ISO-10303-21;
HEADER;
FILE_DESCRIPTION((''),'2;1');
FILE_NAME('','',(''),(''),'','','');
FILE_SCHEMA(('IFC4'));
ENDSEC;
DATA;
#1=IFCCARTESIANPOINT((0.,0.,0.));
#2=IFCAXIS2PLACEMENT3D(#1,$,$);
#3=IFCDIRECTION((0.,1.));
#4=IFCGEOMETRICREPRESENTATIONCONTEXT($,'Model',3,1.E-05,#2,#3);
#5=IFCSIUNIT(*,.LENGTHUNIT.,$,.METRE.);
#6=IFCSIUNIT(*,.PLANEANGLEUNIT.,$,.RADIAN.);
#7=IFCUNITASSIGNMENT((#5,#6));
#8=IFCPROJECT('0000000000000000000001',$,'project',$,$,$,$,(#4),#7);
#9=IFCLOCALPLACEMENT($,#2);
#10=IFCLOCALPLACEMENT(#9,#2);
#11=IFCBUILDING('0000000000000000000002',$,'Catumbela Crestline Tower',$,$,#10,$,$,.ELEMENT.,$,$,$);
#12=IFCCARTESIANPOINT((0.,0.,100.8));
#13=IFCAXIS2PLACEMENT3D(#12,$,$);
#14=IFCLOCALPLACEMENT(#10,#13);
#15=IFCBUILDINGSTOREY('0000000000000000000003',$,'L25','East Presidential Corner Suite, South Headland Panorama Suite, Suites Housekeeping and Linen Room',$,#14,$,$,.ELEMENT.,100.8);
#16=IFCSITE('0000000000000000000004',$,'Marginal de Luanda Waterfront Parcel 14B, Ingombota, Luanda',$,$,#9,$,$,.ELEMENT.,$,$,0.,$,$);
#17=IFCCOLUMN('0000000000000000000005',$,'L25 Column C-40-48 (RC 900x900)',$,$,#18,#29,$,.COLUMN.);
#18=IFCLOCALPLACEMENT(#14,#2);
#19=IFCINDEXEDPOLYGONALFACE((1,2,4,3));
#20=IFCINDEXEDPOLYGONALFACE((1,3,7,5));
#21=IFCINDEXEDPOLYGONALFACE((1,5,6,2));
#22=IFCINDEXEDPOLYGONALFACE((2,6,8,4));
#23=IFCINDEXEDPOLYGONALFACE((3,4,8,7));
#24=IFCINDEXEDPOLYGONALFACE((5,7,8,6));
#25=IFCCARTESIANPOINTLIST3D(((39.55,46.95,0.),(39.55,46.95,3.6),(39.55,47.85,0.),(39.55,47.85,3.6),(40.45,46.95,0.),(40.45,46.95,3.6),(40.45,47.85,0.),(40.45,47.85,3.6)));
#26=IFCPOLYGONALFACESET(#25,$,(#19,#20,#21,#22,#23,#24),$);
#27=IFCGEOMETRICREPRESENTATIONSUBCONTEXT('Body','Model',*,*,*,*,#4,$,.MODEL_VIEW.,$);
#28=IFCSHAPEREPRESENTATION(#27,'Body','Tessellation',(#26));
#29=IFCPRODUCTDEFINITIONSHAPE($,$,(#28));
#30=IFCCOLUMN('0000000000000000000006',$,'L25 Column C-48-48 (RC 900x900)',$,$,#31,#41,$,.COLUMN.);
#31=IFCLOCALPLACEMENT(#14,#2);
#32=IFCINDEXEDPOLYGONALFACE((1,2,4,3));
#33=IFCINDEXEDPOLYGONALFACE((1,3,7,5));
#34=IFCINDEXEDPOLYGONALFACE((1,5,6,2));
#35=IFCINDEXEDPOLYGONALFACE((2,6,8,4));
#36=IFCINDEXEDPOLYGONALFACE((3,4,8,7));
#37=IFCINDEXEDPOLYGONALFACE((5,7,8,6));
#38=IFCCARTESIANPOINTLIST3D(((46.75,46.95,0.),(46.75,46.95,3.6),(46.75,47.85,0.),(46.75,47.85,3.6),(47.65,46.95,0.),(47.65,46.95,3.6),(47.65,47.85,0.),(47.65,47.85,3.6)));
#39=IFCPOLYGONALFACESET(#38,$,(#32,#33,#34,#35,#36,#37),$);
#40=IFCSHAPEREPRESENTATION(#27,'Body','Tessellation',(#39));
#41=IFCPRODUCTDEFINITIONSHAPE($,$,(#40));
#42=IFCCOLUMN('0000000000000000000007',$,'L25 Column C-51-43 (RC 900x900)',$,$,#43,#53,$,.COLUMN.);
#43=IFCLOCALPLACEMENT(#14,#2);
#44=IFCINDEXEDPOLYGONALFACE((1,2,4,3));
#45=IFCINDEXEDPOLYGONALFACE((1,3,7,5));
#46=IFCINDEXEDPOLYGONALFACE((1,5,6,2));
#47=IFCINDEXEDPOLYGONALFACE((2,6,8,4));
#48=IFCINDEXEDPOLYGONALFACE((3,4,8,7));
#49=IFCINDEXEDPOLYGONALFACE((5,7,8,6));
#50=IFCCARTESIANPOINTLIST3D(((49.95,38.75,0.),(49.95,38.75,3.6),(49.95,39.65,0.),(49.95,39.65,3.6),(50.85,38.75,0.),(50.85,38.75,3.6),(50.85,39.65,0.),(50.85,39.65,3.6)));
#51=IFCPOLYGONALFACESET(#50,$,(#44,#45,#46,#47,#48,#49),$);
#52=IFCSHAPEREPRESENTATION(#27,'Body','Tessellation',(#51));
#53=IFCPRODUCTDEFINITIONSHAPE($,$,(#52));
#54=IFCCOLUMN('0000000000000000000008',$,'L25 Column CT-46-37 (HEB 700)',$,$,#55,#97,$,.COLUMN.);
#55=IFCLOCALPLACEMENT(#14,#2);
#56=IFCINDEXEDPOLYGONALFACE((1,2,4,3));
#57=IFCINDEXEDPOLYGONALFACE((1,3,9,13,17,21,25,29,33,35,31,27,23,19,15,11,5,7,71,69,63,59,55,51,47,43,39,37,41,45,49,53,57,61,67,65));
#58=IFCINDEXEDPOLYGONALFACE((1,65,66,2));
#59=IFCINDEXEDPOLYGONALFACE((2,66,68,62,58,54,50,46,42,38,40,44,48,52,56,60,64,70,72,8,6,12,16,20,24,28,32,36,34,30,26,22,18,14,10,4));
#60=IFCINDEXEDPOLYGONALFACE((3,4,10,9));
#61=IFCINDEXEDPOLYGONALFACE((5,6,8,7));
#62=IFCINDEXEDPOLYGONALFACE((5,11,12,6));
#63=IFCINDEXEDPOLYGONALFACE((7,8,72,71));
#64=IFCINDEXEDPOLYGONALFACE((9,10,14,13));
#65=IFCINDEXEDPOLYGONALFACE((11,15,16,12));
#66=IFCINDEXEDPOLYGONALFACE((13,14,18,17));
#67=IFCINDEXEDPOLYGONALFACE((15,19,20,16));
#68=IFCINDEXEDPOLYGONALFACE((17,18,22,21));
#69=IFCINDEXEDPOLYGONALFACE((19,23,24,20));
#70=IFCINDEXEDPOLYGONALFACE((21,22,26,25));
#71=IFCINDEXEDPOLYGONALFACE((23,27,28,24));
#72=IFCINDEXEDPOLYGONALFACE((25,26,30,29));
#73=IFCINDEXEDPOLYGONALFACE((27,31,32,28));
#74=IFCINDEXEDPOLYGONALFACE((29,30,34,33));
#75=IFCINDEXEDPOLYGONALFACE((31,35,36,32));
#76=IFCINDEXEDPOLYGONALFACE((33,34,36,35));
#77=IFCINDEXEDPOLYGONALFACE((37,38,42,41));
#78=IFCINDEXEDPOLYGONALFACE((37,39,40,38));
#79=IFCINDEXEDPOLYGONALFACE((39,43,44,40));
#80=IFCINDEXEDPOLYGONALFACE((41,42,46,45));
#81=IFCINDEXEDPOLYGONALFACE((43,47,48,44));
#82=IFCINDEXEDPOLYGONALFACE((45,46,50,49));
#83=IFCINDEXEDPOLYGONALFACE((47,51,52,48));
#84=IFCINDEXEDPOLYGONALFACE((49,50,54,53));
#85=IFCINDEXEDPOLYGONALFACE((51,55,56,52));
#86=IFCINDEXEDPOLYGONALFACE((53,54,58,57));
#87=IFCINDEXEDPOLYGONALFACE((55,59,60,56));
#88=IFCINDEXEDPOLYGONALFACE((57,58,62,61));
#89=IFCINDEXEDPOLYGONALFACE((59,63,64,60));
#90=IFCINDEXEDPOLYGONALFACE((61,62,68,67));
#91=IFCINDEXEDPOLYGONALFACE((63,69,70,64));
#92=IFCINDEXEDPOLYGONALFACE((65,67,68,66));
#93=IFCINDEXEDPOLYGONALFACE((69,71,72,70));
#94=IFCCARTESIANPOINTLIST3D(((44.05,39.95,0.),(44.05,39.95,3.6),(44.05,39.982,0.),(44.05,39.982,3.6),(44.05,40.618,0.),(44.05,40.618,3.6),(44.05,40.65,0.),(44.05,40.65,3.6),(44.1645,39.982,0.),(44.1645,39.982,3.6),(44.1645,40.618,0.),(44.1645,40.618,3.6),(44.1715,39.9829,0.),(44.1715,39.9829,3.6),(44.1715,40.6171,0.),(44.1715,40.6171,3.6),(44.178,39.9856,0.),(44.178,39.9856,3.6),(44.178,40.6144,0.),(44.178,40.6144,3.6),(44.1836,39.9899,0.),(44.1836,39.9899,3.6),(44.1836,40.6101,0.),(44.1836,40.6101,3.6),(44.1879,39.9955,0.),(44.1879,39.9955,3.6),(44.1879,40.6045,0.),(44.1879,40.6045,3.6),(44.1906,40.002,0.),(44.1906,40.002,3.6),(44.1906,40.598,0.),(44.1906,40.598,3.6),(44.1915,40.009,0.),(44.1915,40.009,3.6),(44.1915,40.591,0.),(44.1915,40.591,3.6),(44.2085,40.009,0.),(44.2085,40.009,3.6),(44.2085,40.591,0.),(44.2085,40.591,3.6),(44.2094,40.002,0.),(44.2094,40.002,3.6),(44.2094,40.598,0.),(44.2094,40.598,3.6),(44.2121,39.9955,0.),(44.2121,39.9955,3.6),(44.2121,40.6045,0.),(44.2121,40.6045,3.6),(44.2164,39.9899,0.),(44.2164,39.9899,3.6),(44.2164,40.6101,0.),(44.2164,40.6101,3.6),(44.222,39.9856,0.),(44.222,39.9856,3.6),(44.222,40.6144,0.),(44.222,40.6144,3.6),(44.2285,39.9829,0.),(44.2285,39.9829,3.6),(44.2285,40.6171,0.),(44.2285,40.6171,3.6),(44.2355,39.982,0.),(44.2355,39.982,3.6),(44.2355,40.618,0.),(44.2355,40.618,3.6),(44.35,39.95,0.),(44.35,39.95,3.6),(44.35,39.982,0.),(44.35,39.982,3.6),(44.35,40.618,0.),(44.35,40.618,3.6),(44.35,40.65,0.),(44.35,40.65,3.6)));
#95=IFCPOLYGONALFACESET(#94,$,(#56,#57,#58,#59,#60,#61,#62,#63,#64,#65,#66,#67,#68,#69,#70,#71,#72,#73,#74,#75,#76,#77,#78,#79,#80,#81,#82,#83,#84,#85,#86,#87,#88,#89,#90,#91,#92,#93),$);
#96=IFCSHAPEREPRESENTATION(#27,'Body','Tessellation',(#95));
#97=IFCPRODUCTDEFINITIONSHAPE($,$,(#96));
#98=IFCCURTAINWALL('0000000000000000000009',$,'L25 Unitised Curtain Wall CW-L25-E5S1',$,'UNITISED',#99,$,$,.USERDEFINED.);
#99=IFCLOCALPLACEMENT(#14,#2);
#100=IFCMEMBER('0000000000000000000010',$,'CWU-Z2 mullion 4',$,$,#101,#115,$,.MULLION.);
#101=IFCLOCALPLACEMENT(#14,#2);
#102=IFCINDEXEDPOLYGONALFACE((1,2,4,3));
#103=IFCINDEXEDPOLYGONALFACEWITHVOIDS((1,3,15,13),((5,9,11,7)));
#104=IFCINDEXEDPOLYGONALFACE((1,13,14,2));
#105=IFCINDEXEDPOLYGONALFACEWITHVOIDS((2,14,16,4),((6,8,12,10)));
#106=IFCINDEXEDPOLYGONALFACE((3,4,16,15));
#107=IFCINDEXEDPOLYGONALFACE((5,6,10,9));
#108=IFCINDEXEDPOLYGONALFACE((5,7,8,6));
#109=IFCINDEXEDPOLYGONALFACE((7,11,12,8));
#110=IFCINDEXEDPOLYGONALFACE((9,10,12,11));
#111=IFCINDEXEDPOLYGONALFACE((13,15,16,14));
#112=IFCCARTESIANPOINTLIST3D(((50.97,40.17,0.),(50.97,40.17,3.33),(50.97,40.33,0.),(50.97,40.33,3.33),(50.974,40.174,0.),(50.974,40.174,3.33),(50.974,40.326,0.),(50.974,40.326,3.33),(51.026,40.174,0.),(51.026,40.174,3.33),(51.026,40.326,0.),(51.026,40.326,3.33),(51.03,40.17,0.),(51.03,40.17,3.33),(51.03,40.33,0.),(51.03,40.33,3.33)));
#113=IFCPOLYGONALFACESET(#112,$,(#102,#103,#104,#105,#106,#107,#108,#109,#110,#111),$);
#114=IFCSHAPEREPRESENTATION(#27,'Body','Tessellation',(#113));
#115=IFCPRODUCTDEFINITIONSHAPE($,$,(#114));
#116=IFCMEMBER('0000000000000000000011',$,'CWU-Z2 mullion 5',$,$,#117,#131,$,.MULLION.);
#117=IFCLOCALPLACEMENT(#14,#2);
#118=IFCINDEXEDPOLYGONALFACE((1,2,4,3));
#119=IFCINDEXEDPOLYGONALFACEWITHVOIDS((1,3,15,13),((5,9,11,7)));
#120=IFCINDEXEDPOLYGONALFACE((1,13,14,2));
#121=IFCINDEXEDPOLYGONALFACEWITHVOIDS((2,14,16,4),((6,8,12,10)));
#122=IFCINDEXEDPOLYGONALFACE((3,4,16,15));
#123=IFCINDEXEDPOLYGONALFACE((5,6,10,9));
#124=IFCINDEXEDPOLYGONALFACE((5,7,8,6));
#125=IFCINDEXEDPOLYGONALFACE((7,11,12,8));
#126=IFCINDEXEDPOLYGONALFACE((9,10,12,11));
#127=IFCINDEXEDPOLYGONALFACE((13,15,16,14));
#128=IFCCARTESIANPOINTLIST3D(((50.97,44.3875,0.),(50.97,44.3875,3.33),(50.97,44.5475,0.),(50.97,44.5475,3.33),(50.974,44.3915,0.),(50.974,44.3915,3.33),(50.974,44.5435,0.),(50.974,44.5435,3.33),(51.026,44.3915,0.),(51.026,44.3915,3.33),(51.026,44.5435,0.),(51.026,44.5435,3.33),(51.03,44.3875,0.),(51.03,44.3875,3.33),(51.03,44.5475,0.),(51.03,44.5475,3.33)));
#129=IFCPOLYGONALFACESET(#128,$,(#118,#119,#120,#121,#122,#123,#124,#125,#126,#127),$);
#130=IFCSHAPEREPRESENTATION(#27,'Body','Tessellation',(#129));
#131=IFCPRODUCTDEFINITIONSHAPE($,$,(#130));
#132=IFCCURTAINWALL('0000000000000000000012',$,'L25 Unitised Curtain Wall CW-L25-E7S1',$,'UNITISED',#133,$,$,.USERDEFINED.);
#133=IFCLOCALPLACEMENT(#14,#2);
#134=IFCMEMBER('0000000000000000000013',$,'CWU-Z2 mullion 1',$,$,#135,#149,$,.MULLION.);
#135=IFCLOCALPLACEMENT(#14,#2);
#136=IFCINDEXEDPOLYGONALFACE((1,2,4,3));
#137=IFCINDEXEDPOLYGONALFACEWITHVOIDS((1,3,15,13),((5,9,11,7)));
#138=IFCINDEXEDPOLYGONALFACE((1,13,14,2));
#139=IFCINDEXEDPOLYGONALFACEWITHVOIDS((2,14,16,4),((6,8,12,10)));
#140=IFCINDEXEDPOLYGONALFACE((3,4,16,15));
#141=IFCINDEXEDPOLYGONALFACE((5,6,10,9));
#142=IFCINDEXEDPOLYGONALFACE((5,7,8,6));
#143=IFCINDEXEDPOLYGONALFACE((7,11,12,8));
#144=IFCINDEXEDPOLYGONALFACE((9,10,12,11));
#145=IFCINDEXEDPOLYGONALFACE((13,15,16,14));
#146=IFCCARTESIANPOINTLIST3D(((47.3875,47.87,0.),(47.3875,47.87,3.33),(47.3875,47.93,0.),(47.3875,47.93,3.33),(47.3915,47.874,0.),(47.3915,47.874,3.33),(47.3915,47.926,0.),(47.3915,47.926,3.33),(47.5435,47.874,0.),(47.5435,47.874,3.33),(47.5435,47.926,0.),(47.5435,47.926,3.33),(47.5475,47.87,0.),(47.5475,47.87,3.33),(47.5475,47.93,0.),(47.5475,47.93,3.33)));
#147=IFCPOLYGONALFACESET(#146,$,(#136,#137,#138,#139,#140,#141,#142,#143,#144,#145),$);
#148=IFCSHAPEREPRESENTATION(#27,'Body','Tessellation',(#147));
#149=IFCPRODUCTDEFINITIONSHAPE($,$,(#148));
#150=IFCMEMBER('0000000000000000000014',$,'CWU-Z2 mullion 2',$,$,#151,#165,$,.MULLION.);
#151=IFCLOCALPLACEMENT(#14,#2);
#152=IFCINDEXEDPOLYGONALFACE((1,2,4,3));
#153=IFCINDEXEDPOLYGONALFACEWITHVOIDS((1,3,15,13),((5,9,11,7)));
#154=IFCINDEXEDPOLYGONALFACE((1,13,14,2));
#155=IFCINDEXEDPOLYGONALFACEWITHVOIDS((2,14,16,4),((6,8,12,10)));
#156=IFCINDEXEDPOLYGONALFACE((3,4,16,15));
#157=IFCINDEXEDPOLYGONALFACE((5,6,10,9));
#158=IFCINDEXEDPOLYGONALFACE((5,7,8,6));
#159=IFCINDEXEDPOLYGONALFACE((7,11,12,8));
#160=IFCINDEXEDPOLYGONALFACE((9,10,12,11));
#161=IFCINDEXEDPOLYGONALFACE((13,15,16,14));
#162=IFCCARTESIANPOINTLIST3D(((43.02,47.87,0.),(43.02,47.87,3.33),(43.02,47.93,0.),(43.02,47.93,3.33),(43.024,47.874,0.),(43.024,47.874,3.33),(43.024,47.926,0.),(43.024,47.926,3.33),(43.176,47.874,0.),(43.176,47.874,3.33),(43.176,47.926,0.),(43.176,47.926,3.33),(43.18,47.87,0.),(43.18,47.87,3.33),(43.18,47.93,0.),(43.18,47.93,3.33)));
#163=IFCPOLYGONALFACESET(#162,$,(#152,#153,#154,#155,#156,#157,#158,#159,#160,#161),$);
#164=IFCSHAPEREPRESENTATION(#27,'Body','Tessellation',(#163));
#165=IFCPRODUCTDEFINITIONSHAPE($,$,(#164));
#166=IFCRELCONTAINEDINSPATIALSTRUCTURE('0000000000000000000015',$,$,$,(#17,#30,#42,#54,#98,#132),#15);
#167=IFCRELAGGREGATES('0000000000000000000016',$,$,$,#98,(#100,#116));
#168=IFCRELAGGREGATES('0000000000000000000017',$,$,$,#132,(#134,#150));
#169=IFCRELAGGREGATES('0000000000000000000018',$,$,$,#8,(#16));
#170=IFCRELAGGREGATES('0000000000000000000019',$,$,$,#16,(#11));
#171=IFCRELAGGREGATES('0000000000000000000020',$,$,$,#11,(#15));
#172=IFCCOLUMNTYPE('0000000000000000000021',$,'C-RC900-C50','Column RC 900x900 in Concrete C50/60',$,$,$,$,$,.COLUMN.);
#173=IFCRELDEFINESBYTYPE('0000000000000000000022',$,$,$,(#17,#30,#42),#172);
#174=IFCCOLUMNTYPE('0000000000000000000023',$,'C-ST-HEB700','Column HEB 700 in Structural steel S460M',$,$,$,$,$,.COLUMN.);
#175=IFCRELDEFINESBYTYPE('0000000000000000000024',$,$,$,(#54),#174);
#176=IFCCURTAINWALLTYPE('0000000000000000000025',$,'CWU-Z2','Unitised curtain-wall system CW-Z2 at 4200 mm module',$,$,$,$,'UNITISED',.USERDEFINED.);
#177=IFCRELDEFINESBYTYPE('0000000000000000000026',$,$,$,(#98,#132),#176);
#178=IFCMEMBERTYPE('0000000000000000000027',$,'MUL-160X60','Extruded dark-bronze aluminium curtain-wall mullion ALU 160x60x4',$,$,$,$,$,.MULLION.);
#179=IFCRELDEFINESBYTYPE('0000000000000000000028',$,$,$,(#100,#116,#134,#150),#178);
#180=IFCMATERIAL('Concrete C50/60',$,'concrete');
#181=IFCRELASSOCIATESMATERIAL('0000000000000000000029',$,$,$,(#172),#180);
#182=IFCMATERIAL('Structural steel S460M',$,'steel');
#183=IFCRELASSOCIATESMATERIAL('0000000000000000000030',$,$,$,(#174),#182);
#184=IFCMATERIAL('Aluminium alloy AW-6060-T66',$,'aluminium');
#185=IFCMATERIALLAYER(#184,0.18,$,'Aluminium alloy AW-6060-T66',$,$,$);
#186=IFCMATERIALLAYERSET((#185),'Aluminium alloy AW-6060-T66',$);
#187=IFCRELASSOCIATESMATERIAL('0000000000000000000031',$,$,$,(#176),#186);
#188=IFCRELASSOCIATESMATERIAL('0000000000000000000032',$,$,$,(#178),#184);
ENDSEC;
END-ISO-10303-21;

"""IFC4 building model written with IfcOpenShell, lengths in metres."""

from ifc_helpers import new_model, si_unit, direction, frame, origin, origin_2d, place, context, subcontext, project, spatial, rectangle, hollow_rectangle, i_section, extrude, material, layer, layer_set, material_profile, profile_set, type_object, element, aggregate, save


model = new_model("IFC4")

# Units and contexts
model_context = context("Model", 3, precision=1e-05, world=origin(), true_north=direction((0.0, 1.0)))
body_context = subcontext(model_context, "Body", "Model", "MODEL_VIEW")
ifc_project = project(units=[si_unit("LENGTHUNIT", "METRE"), si_unit("PLANEANGLEUNIT", "RADIAN")], contexts=[model_context])

# Site, building, storey
site_placement = place(None, origin())
site = spatial("IfcSite", under=ifc_project, at=site_placement, Name="Marginal de Luanda Waterfront Parcel 14B, Ingombota, Luanda", CompositionType="ELEMENT", RefElevation=0.0)
building_placement = place(site_placement, origin())
building = spatial("IfcBuilding", under=site, at=building_placement, Name="Catumbela Crestline Tower", CompositionType="ELEMENT")
storey_placement = place(building_placement, frame((0.0, 0.0, 100.8)))
storey = spatial("IfcBuildingStorey", under=building, at=storey_placement, Name="L25", Description="East Presidential Corner Suite, South Headland Panorama Suite, Suites Housekeeping and Linen Room", CompositionType="ELEMENT", Elevation=100.8)

# Columns
ifc_material_1 = material(Name="Concrete C50/60", Category="concrete")
ifc_material_profile_1 = material_profile(ifc_material_1, rectangle(XDim=0.9, YDim=0.9, at=origin_2d()), Name="RC 900x900")
ifc_profile_set_1 = profile_set([ifc_material_profile_1], Name="Concrete C50/60")
column_type_1 = type_object("IfcColumnType", Name="C-RC900-C50", Description="Column RC 900x900 in Concrete C50/60", PredefinedType="COLUMN", material=ifc_profile_set_1)
for number, where, z_axis, x_axis, name in (
    (1, (40.0, 47.4, 0.0), (0.0, 0.0, 1.0), (1.0, 0.0, 0.0), "L25 Column C-40-48 (RC 900x900)"),
    (2, (47.2, 47.4, 0.0), (0.0, 0.0, 1.0), (1.0, 0.0, 0.0), "L25 Column C-48-48 (RC 900x900)"),
    (3, (50.4, 39.2, 0.0), (0.0, 0.0, 1.0), (1.0, 0.0, 0.0), "L25 Column C-51-43 (RC 900x900)"),
):
    element("IfcColumn", number, at=place(storey_placement, frame(where, z_axis=z_axis, x_axis=x_axis)), inside=storey, type_object=column_type_1, Name=name, PredefinedType="COLUMN", context=body_context, shape_type="SweptSolid", body=[
        extrude(rectangle(XDim=0.9, YDim=0.9, at=origin_2d()), origin(), (0.0, 0.0, 1.0), 3.6),
    ])
ifc_material_2 = material(Name="Structural steel S460M", Category="steel")
ifc_material_profile_2 = material_profile(ifc_material_2, i_section(OverallWidth=0.3, OverallDepth=0.7, WebThickness=0.017, FlangeThickness=0.032, FilletRadius=0.027, at=origin_2d()), Name="HEB 700")
ifc_profile_set_2 = profile_set([ifc_material_profile_2], Name="Structural steel S460M")
column_type_2 = type_object("IfcColumnType", Name="C-ST-HEB700", Description="Column HEB 700 in Structural steel S460M", PredefinedType="COLUMN", material=ifc_profile_set_2)
column_placement = place(storey_placement, frame((44.2, 40.3, 0.0), z_axis=(0.0, 0.0, 1.0), x_axis=(1.0, 0.0, 0.0)))
element("IfcColumn", 4, at=column_placement, inside=storey, type_object=column_type_2, Name="L25 Column CT-46-37 (HEB 700)", PredefinedType="COLUMN", context=body_context, shape_type="SweptSolid", body=[
    extrude(i_section(OverallWidth=0.3, OverallDepth=0.7, WebThickness=0.017, FlangeThickness=0.032, FilletRadius=0.027, at=origin_2d()), origin(), (0.0, 0.0, 1.0), 3.6),
])

# Curtain walls, members
ifc_material_3 = material(Name="Aluminium alloy AW-6060-T66", Category="aluminium")
ifc_layer_1 = layer(ifc_material_3, 0.18, Name="Aluminium alloy AW-6060-T66")
ifc_layer_set_1 = layer_set([ifc_layer_1], Name="Aluminium alloy AW-6060-T66")
curtain_wall_type = type_object("IfcCurtainWallType", Name="CWU-Z2", Description="Unitised curtain-wall system CW-Z2 at 4200 mm module", ElementType="UNITISED", PredefinedType="USERDEFINED", material=ifc_layer_set_1)
curtain_wall_1_placement = place(storey_placement, origin())
curtain_wall_1 = element("IfcCurtainWall", 5, at=curtain_wall_1_placement, inside=storey, type_object=curtain_wall_type, Name="L25 Unitised Curtain Wall CW-L25-E5S1", ObjectType="UNITISED", PredefinedType="USERDEFINED")
ifc_material_profile_3 = material_profile(ifc_material_3, hollow_rectangle(XDim=0.06, YDim=0.16, WallThickness=0.004, at=origin_2d()), Name="ALU 160x60x4")
ifc_profile_set_3 = profile_set([ifc_material_profile_3], Name="Aluminium alloy AW-6060-T66")
member_type_1 = type_object("IfcMemberType", Name="MUL-160X60", Description="Extruded dark-bronze aluminium curtain-wall mullion ALU 160x60x4", PredefinedType="MULLION", material=ifc_profile_set_3)
member_1_placement = place(storey_placement, frame((51.0, 40.25, 0.0), z_axis=(0.0, 0.0, 1.0), x_axis=(-1.0, 0.0, 0.0)))
member_1 = element("IfcMember", 6, at=member_1_placement, type_object=member_type_1, Name="CWU-Z2 mullion 4", PredefinedType="MULLION", context=body_context, shape_type="SweptSolid", body=[
    extrude(hollow_rectangle(XDim=0.06, YDim=0.16, WallThickness=0.004, at=origin_2d()), origin(), (0.0, 0.0, 1.0), 3.33),
])
member_2_placement = place(storey_placement, frame((51.0, 44.4675, 0.0), z_axis=(0.0, 0.0, 1.0), x_axis=(-1.0, 0.0, 0.0)))
member_2 = element("IfcMember", 7, at=member_2_placement, type_object=member_type_1, Name="CWU-Z2 mullion 5", PredefinedType="MULLION", context=body_context, shape_type="SweptSolid", body=[
    extrude(hollow_rectangle(XDim=0.06, YDim=0.16, WallThickness=0.004, at=origin_2d()), origin(), (0.0, 0.0, 1.0), 3.33),
])
curtain_wall_2_placement = place(storey_placement, origin())
curtain_wall_2 = element("IfcCurtainWall", 8, at=curtain_wall_2_placement, inside=storey, type_object=curtain_wall_type, Name="L25 Unitised Curtain Wall CW-L25-E7S1", ObjectType="UNITISED", PredefinedType="USERDEFINED")
member_3_placement = place(storey_placement, frame((47.4675, 47.9, 0.0), z_axis=(0.0, 0.0, 1.0), x_axis=(0.0, -1.0, 0.0)))
member_3 = element("IfcMember", 9, at=member_3_placement, type_object=member_type_1, Name="CWU-Z2 mullion 1", PredefinedType="MULLION", context=body_context, shape_type="SweptSolid", body=[
    extrude(hollow_rectangle(XDim=0.06, YDim=0.16, WallThickness=0.004, at=origin_2d()), origin(), (0.0, 0.0, 1.0), 3.33),
])
member_4_placement = place(storey_placement, frame((43.1, 47.9, 0.0), z_axis=(0.0, 0.0, 1.0), x_axis=(0.0, -1.0, 0.0)))
member_4 = element("IfcMember", 10, at=member_4_placement, type_object=member_type_1, Name="CWU-Z2 mullion 2", PredefinedType="MULLION", context=body_context, shape_type="SweptSolid", body=[
    extrude(hollow_rectangle(XDim=0.06, YDim=0.16, WallThickness=0.004, at=origin_2d()), origin(), (0.0, 0.0, 1.0), 3.33),
])

aggregate(curtain_wall_1, [member_1, member_2])
aggregate(curtain_wall_2, [member_3, member_4])

save(model, "model.ifc")
